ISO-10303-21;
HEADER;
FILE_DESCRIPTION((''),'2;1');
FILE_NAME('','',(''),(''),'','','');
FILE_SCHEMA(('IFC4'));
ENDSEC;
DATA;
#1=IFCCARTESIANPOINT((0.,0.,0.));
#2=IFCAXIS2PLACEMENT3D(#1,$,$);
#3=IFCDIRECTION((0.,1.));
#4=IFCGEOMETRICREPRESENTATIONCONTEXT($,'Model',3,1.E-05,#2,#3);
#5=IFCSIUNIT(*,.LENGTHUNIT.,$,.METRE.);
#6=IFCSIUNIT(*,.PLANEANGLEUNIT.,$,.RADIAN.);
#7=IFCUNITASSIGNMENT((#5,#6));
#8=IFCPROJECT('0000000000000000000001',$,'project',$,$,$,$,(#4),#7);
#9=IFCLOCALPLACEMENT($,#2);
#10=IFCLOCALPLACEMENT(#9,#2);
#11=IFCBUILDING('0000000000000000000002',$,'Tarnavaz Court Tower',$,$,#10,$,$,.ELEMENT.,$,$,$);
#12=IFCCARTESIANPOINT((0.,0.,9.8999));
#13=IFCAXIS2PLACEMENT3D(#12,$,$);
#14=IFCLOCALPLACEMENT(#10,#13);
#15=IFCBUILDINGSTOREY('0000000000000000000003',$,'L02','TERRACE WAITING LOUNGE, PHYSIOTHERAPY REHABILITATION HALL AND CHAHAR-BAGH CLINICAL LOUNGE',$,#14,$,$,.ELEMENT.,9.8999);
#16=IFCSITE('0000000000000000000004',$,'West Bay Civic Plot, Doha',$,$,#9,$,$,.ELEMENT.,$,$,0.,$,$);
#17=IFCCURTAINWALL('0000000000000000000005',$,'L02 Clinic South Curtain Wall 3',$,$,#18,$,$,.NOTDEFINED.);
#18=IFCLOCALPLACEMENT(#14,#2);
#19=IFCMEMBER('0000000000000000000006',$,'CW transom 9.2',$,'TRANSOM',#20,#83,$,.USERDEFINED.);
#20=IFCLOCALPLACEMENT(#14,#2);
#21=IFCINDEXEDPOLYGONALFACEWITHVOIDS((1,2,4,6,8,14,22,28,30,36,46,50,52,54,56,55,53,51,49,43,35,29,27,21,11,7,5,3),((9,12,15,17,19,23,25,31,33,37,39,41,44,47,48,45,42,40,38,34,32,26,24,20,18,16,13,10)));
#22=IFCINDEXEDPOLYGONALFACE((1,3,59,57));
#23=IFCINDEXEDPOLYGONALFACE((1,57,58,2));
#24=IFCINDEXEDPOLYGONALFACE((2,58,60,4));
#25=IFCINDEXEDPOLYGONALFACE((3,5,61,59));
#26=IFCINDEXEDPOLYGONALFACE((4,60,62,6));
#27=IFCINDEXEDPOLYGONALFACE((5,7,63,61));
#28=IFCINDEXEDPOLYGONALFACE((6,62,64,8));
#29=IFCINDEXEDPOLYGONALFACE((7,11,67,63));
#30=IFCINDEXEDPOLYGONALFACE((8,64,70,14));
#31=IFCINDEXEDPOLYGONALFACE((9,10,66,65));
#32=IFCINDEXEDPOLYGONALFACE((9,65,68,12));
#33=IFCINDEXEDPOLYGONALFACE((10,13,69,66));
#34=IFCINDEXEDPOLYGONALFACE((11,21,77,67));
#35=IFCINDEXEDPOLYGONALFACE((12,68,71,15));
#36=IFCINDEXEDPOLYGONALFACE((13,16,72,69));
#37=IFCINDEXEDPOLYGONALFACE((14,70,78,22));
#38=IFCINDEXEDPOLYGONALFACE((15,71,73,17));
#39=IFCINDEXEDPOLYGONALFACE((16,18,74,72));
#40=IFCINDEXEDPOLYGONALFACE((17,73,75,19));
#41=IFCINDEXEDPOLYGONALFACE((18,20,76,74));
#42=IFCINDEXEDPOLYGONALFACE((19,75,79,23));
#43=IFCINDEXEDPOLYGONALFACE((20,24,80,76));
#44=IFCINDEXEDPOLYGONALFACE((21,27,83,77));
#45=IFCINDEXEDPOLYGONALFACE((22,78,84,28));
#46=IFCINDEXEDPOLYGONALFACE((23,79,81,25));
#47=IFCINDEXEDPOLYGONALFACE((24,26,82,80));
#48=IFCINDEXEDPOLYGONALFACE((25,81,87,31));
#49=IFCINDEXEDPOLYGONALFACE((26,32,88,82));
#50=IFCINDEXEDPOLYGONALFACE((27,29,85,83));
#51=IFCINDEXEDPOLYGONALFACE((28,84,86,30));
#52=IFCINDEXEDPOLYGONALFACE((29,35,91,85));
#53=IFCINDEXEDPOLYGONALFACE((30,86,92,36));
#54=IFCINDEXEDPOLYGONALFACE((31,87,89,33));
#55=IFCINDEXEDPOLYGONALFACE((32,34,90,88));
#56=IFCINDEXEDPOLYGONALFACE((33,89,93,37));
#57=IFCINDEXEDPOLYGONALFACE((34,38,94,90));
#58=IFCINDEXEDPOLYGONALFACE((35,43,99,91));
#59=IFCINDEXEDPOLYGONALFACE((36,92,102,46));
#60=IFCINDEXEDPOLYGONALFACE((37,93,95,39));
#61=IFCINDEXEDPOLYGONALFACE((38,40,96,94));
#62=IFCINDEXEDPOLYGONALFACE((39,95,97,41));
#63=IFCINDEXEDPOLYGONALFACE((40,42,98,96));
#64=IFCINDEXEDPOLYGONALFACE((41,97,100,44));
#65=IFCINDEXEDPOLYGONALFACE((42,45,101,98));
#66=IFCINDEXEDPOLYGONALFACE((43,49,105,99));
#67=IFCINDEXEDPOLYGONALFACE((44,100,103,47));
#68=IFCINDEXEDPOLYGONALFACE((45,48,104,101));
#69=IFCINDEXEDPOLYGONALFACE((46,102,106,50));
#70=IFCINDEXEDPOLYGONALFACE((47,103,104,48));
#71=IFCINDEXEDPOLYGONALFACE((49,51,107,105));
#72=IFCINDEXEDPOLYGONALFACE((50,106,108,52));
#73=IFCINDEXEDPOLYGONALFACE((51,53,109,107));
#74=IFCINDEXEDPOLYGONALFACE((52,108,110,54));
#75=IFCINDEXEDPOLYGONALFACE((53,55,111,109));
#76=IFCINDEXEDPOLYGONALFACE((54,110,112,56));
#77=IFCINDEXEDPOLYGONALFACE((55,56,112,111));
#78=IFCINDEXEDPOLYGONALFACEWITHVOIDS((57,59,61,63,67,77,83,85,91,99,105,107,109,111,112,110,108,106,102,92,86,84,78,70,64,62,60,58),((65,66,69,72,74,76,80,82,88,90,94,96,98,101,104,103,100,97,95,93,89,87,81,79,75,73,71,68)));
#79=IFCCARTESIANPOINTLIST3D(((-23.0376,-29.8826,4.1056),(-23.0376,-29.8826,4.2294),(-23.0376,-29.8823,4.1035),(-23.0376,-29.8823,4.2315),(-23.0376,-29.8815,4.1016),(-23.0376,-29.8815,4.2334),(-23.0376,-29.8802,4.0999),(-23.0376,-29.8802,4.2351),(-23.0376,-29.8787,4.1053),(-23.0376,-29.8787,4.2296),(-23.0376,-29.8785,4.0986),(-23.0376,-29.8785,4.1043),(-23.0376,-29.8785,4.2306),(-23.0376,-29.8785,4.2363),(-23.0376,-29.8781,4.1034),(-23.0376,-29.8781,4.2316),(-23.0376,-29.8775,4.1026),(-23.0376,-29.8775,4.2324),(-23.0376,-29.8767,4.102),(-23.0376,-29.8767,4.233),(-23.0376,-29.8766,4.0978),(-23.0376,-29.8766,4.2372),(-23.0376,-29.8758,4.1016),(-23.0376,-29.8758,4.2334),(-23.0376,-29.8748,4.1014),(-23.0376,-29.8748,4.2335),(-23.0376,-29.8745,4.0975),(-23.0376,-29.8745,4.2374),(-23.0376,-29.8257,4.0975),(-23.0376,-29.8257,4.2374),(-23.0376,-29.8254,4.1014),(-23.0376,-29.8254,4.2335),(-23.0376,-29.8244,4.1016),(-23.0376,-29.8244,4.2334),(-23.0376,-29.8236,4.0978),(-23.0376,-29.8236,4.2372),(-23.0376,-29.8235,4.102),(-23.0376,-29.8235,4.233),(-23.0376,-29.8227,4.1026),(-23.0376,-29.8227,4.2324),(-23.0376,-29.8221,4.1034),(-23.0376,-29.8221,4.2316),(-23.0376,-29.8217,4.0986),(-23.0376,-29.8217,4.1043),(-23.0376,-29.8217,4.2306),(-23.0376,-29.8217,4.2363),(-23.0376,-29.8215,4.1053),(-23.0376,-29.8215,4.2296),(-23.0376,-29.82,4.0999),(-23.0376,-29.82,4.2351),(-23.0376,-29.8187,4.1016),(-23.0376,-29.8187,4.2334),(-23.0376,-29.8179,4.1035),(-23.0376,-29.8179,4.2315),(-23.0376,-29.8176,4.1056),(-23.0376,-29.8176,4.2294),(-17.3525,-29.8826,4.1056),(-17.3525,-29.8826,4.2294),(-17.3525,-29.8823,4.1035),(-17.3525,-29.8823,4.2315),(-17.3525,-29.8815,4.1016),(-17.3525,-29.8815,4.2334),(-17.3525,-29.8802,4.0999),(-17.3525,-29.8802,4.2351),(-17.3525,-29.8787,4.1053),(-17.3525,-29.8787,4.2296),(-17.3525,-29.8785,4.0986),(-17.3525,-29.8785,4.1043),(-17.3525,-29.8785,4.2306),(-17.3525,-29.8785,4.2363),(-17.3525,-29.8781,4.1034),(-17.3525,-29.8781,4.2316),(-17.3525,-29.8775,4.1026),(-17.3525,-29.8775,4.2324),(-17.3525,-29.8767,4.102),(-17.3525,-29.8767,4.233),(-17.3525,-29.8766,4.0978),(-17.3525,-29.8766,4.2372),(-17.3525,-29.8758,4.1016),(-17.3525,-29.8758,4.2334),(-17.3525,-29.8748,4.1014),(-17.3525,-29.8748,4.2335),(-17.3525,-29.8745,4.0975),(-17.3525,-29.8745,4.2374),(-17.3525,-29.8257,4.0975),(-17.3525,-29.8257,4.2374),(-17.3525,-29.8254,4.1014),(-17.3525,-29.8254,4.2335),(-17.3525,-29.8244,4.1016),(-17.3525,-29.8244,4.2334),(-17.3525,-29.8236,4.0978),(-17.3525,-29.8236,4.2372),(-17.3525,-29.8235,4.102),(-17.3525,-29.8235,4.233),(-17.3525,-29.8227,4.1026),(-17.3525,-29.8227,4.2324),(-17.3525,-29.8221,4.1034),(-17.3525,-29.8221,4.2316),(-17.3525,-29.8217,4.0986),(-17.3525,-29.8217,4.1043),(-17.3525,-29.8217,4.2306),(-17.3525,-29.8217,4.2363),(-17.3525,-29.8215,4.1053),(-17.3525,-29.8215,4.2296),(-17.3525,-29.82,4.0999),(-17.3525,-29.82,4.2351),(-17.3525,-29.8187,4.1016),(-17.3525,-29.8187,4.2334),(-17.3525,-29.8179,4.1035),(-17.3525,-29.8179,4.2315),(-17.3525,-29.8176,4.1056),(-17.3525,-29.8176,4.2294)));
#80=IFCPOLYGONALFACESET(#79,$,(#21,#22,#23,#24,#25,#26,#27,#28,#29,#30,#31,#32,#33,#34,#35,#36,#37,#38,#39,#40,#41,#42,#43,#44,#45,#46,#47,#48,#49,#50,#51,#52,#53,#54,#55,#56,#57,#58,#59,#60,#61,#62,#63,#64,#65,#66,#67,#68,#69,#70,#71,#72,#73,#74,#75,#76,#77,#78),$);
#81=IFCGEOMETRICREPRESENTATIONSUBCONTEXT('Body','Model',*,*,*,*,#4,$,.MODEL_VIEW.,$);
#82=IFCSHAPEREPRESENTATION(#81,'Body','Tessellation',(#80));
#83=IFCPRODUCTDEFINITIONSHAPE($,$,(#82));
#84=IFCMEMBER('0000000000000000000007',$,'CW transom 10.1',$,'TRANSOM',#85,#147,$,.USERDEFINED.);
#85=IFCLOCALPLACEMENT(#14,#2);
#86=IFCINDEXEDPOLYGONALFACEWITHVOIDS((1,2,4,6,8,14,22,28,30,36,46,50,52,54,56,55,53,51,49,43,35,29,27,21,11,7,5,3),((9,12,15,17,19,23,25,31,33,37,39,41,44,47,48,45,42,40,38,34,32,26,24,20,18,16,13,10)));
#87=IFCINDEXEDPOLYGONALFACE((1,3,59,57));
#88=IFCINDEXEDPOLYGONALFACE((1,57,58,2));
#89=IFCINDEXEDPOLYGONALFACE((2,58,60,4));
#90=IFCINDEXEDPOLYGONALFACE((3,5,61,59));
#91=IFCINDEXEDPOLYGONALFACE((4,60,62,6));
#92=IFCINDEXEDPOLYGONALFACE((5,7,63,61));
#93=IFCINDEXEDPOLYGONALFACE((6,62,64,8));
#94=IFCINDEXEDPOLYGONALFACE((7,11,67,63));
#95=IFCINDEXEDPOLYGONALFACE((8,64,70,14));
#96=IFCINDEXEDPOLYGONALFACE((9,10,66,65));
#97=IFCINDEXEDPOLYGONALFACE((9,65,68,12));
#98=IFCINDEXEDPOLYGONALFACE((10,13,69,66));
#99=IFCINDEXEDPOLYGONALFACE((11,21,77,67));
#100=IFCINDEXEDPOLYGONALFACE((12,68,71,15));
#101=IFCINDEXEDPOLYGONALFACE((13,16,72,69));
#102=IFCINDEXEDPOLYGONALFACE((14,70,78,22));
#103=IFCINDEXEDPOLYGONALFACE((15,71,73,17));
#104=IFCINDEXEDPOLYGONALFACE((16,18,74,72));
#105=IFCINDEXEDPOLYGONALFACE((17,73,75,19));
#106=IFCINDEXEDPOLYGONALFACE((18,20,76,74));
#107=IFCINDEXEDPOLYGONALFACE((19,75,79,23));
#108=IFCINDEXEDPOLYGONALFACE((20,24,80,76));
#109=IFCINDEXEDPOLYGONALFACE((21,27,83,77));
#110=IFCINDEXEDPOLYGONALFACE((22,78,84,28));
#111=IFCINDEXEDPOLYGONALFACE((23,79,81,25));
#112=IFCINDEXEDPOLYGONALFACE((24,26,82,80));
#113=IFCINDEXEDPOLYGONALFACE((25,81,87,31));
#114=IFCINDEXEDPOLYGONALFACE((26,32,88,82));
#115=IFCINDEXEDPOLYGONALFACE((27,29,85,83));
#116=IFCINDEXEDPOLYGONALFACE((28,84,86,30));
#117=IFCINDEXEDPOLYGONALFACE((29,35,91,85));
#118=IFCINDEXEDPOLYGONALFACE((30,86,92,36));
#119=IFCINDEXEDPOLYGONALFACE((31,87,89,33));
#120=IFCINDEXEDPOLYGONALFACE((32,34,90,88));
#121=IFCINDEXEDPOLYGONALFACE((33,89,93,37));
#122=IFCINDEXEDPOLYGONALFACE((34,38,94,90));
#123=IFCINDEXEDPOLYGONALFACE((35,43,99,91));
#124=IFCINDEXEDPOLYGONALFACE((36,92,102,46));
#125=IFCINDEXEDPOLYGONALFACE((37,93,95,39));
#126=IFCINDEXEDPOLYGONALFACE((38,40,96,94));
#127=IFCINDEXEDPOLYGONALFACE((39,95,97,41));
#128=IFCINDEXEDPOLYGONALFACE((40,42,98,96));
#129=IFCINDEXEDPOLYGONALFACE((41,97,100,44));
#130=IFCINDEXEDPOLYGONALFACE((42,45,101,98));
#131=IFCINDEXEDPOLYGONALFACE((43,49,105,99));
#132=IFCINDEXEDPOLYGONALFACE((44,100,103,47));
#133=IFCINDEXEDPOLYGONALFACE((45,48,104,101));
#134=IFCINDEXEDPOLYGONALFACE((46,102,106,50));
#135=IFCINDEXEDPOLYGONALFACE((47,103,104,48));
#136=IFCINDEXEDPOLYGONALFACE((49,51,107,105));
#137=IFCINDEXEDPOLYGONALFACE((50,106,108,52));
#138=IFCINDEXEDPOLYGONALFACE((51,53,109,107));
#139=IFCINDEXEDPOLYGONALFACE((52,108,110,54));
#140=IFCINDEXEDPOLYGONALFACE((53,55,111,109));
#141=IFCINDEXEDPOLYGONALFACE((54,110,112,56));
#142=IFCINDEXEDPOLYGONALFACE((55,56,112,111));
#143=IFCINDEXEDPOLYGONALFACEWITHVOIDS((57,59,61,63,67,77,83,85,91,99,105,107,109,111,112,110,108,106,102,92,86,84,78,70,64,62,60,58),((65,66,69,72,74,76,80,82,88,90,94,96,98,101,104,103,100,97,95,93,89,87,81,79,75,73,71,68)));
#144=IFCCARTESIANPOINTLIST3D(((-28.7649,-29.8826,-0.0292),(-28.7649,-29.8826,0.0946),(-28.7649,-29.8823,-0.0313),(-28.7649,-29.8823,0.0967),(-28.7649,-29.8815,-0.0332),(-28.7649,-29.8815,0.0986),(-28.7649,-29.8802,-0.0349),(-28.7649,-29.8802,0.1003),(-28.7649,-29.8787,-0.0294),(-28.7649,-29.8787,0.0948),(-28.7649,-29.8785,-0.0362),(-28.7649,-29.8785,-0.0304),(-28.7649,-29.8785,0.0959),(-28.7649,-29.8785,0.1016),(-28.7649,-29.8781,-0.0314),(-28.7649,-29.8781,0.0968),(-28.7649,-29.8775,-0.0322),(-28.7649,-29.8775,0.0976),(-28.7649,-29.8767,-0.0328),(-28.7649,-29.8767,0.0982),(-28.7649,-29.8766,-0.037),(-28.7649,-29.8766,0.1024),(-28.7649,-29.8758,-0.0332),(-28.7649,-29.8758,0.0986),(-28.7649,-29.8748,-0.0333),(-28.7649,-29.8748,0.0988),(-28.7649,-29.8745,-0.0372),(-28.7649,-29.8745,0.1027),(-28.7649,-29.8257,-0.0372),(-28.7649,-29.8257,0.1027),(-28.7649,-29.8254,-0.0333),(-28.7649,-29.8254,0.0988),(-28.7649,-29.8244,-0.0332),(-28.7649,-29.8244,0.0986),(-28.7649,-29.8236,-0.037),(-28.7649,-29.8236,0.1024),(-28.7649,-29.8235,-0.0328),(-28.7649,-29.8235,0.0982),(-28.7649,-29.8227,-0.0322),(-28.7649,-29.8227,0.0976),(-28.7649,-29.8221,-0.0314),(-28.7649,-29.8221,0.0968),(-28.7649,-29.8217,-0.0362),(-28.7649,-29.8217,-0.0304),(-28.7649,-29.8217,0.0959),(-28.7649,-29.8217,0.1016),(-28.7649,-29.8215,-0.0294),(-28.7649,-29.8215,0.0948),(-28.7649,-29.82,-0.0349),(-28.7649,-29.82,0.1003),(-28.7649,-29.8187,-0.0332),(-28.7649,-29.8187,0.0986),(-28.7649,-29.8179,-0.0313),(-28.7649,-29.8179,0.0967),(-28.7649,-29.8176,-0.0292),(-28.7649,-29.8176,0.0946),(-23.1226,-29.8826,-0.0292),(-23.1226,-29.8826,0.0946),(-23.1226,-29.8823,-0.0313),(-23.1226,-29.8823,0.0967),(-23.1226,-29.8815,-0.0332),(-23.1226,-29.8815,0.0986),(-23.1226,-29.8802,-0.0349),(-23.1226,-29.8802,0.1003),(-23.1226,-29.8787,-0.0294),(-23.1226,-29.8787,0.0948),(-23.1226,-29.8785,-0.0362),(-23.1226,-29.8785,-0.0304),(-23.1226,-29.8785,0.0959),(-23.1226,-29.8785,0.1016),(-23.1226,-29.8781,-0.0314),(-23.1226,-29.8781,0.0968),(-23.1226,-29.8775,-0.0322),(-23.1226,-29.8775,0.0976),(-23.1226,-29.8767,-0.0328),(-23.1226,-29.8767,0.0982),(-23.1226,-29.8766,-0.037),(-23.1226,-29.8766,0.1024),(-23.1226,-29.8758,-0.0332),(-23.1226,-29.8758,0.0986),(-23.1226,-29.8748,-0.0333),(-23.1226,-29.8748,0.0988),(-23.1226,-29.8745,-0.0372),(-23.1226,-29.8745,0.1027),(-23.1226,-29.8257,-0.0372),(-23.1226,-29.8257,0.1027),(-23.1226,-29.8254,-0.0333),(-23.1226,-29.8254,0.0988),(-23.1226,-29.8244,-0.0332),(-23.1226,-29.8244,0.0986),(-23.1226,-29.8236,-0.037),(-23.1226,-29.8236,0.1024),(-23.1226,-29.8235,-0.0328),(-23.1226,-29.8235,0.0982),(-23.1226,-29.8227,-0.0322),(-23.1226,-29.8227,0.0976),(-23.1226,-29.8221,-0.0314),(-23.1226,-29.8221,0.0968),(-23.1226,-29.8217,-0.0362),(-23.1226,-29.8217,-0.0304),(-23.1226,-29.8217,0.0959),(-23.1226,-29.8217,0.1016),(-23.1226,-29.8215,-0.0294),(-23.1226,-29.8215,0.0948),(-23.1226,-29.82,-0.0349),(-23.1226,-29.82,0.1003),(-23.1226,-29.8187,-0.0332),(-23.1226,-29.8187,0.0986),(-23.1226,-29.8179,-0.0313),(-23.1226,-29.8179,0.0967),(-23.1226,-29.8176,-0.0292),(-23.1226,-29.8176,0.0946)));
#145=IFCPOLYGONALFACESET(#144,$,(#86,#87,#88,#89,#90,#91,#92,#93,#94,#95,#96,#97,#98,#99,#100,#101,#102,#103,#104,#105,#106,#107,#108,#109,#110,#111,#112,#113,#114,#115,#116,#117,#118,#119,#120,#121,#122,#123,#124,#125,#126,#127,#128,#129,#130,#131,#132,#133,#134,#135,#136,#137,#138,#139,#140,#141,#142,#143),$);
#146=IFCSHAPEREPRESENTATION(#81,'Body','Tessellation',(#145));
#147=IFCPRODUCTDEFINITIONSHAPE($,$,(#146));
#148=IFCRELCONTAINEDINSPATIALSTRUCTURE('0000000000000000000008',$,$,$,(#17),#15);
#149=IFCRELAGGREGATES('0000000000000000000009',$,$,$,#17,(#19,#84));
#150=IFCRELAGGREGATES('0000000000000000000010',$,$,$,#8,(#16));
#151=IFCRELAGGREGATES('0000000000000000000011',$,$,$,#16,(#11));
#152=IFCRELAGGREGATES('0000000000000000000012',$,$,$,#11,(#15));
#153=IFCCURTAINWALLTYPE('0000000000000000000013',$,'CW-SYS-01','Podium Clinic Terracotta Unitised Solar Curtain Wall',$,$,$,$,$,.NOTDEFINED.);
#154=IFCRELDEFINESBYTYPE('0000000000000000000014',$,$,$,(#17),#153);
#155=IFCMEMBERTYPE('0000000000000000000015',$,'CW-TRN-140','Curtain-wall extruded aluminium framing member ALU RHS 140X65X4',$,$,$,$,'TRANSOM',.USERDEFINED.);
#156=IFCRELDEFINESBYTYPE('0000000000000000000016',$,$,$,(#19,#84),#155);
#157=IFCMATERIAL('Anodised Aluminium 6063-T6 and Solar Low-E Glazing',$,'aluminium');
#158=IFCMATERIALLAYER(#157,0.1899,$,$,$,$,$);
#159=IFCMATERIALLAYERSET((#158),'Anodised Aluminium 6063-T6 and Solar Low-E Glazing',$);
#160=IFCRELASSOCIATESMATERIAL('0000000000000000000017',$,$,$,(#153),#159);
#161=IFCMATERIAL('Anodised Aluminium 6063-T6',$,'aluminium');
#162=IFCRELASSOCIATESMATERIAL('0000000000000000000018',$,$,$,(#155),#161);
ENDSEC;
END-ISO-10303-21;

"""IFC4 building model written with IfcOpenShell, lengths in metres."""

from ifc_helpers import new_model, si_unit, direction, frame, origin, origin_2d, place, context, subcontext, project, spatial, hollow_rectangle, extrude, material, layer, layer_set, material_profile, profile_set, type_object, element, aggregate, save


model = new_model("IFC4")

# Units and contexts
model_context = context("Model", 3, precision=1e-05, world=origin(), true_north=direction((0.0, 1.0)))
body_context = subcontext(model_context, "Body", "Model", "MODEL_VIEW")
ifc_project = project(units=[si_unit("LENGTHUNIT", "METRE"), si_unit("PLANEANGLEUNIT", "RADIAN")], contexts=[model_context])

# Site, building, storey
site_placement = place(None, origin())
site = spatial("IfcSite", under=ifc_project, at=site_placement, Name="West Bay Civic Plot, Doha", CompositionType="ELEMENT", RefElevation=0.0)
building_placement = place(site_placement, origin())
building = spatial("IfcBuilding", under=site, at=building_placement, Name="Tarnavaz Court Tower", CompositionType="ELEMENT")
storey_placement = place(building_placement, frame((0.0, 0.0, 9.8999)))
storey = spatial("IfcBuildingStorey", under=building, at=storey_placement, Name="L02", Description="TERRACE WAITING LOUNGE, PHYSIOTHERAPY REHABILITATION HALL AND CHAHAR-BAGH CLINICAL LOUNGE", CompositionType="ELEMENT", Elevation=9.8999)

# Curtain wall, members
ifc_material_1 = material(Name="Anodised Aluminium 6063-T6 and Solar Low-E Glazing", Category="aluminium")
ifc_layer_1 = layer(ifc_material_1, 0.1899)
ifc_layer_set_1 = layer_set([ifc_layer_1], Name="Anodised Aluminium 6063-T6 and Solar Low-E Glazing")
curtain_wall_type = type_object("IfcCurtainWallType", Name="CW-SYS-01", Description="Podium Clinic Terracotta Unitised Solar Curtain Wall", PredefinedType="NOTDEFINED", material=ifc_layer_set_1)
curtain_wall_placement = place(storey_placement, origin())
curtain_wall = element("IfcCurtainWall", 1, at=curtain_wall_placement, inside=storey, type_object=curtain_wall_type, Name="L02 Clinic South Curtain Wall 3", PredefinedType="NOTDEFINED")
ifc_material_2 = material(Name="Anodised Aluminium 6063-T6", Category="aluminium")
ifc_material_profile_1 = material_profile(ifc_material_2, hollow_rectangle(XDim=0.0649, YDim=0.1399, WallThickness=0.0039, InnerFilletRadius=0.0039, OuterFilletRadius=0.0081, at=origin_2d()), Name="ALU RHS 140X65X4")
ifc_profile_set_1 = profile_set([ifc_material_profile_1], Name="Anodised Aluminium 6063-T6")
member_type_1 = type_object("IfcMemberType", Name="CW-TRN-140", Description="Curtain-wall extruded aluminium framing member ALU RHS 140X65X4", ElementType="TRANSOM", PredefinedType="USERDEFINED", material=ifc_profile_set_1)
member_1_placement = place(storey_placement, frame((-17.3525, -29.8501, 4.1675), z_axis=(-1.0, 0.0, 0.0), x_axis=(0.0, -1.0, 0.0)))
member_1 = element("IfcMember", 2, at=member_1_placement, type_object=member_type_1, Name="CW transom 9.2", ObjectType="TRANSOM", PredefinedType="USERDEFINED", context=body_context, shape_type="SweptSolid", body=[
    extrude(hollow_rectangle(XDim=0.0649, YDim=0.1399, WallThickness=0.0039, InnerFilletRadius=0.0039, OuterFilletRadius=0.0081, at=origin_2d()), origin(), (0.0, 0.0, 1.0), 5.6851),
])
member_2_placement = place(storey_placement, frame((-23.1226, -29.8501, 0.0327), z_axis=(-1.0, 0.0, 0.0), x_axis=(0.0, -1.0, 0.0)))
member_2 = element("IfcMember", 3, at=member_2_placement, type_object=member_type_1, Name="CW transom 10.1", ObjectType="TRANSOM", PredefinedType="USERDEFINED", context=body_context, shape_type="SweptSolid", body=[
    extrude(hollow_rectangle(XDim=0.0649, YDim=0.1399, WallThickness=0.0039, InnerFilletRadius=0.0039, OuterFilletRadius=0.0081, at=origin_2d()), origin(), (0.0, 0.0, 1.0), 5.6423),
])
aggregate(curtain_wall, [member_1, member_2])

save(model, "model.ifc")
